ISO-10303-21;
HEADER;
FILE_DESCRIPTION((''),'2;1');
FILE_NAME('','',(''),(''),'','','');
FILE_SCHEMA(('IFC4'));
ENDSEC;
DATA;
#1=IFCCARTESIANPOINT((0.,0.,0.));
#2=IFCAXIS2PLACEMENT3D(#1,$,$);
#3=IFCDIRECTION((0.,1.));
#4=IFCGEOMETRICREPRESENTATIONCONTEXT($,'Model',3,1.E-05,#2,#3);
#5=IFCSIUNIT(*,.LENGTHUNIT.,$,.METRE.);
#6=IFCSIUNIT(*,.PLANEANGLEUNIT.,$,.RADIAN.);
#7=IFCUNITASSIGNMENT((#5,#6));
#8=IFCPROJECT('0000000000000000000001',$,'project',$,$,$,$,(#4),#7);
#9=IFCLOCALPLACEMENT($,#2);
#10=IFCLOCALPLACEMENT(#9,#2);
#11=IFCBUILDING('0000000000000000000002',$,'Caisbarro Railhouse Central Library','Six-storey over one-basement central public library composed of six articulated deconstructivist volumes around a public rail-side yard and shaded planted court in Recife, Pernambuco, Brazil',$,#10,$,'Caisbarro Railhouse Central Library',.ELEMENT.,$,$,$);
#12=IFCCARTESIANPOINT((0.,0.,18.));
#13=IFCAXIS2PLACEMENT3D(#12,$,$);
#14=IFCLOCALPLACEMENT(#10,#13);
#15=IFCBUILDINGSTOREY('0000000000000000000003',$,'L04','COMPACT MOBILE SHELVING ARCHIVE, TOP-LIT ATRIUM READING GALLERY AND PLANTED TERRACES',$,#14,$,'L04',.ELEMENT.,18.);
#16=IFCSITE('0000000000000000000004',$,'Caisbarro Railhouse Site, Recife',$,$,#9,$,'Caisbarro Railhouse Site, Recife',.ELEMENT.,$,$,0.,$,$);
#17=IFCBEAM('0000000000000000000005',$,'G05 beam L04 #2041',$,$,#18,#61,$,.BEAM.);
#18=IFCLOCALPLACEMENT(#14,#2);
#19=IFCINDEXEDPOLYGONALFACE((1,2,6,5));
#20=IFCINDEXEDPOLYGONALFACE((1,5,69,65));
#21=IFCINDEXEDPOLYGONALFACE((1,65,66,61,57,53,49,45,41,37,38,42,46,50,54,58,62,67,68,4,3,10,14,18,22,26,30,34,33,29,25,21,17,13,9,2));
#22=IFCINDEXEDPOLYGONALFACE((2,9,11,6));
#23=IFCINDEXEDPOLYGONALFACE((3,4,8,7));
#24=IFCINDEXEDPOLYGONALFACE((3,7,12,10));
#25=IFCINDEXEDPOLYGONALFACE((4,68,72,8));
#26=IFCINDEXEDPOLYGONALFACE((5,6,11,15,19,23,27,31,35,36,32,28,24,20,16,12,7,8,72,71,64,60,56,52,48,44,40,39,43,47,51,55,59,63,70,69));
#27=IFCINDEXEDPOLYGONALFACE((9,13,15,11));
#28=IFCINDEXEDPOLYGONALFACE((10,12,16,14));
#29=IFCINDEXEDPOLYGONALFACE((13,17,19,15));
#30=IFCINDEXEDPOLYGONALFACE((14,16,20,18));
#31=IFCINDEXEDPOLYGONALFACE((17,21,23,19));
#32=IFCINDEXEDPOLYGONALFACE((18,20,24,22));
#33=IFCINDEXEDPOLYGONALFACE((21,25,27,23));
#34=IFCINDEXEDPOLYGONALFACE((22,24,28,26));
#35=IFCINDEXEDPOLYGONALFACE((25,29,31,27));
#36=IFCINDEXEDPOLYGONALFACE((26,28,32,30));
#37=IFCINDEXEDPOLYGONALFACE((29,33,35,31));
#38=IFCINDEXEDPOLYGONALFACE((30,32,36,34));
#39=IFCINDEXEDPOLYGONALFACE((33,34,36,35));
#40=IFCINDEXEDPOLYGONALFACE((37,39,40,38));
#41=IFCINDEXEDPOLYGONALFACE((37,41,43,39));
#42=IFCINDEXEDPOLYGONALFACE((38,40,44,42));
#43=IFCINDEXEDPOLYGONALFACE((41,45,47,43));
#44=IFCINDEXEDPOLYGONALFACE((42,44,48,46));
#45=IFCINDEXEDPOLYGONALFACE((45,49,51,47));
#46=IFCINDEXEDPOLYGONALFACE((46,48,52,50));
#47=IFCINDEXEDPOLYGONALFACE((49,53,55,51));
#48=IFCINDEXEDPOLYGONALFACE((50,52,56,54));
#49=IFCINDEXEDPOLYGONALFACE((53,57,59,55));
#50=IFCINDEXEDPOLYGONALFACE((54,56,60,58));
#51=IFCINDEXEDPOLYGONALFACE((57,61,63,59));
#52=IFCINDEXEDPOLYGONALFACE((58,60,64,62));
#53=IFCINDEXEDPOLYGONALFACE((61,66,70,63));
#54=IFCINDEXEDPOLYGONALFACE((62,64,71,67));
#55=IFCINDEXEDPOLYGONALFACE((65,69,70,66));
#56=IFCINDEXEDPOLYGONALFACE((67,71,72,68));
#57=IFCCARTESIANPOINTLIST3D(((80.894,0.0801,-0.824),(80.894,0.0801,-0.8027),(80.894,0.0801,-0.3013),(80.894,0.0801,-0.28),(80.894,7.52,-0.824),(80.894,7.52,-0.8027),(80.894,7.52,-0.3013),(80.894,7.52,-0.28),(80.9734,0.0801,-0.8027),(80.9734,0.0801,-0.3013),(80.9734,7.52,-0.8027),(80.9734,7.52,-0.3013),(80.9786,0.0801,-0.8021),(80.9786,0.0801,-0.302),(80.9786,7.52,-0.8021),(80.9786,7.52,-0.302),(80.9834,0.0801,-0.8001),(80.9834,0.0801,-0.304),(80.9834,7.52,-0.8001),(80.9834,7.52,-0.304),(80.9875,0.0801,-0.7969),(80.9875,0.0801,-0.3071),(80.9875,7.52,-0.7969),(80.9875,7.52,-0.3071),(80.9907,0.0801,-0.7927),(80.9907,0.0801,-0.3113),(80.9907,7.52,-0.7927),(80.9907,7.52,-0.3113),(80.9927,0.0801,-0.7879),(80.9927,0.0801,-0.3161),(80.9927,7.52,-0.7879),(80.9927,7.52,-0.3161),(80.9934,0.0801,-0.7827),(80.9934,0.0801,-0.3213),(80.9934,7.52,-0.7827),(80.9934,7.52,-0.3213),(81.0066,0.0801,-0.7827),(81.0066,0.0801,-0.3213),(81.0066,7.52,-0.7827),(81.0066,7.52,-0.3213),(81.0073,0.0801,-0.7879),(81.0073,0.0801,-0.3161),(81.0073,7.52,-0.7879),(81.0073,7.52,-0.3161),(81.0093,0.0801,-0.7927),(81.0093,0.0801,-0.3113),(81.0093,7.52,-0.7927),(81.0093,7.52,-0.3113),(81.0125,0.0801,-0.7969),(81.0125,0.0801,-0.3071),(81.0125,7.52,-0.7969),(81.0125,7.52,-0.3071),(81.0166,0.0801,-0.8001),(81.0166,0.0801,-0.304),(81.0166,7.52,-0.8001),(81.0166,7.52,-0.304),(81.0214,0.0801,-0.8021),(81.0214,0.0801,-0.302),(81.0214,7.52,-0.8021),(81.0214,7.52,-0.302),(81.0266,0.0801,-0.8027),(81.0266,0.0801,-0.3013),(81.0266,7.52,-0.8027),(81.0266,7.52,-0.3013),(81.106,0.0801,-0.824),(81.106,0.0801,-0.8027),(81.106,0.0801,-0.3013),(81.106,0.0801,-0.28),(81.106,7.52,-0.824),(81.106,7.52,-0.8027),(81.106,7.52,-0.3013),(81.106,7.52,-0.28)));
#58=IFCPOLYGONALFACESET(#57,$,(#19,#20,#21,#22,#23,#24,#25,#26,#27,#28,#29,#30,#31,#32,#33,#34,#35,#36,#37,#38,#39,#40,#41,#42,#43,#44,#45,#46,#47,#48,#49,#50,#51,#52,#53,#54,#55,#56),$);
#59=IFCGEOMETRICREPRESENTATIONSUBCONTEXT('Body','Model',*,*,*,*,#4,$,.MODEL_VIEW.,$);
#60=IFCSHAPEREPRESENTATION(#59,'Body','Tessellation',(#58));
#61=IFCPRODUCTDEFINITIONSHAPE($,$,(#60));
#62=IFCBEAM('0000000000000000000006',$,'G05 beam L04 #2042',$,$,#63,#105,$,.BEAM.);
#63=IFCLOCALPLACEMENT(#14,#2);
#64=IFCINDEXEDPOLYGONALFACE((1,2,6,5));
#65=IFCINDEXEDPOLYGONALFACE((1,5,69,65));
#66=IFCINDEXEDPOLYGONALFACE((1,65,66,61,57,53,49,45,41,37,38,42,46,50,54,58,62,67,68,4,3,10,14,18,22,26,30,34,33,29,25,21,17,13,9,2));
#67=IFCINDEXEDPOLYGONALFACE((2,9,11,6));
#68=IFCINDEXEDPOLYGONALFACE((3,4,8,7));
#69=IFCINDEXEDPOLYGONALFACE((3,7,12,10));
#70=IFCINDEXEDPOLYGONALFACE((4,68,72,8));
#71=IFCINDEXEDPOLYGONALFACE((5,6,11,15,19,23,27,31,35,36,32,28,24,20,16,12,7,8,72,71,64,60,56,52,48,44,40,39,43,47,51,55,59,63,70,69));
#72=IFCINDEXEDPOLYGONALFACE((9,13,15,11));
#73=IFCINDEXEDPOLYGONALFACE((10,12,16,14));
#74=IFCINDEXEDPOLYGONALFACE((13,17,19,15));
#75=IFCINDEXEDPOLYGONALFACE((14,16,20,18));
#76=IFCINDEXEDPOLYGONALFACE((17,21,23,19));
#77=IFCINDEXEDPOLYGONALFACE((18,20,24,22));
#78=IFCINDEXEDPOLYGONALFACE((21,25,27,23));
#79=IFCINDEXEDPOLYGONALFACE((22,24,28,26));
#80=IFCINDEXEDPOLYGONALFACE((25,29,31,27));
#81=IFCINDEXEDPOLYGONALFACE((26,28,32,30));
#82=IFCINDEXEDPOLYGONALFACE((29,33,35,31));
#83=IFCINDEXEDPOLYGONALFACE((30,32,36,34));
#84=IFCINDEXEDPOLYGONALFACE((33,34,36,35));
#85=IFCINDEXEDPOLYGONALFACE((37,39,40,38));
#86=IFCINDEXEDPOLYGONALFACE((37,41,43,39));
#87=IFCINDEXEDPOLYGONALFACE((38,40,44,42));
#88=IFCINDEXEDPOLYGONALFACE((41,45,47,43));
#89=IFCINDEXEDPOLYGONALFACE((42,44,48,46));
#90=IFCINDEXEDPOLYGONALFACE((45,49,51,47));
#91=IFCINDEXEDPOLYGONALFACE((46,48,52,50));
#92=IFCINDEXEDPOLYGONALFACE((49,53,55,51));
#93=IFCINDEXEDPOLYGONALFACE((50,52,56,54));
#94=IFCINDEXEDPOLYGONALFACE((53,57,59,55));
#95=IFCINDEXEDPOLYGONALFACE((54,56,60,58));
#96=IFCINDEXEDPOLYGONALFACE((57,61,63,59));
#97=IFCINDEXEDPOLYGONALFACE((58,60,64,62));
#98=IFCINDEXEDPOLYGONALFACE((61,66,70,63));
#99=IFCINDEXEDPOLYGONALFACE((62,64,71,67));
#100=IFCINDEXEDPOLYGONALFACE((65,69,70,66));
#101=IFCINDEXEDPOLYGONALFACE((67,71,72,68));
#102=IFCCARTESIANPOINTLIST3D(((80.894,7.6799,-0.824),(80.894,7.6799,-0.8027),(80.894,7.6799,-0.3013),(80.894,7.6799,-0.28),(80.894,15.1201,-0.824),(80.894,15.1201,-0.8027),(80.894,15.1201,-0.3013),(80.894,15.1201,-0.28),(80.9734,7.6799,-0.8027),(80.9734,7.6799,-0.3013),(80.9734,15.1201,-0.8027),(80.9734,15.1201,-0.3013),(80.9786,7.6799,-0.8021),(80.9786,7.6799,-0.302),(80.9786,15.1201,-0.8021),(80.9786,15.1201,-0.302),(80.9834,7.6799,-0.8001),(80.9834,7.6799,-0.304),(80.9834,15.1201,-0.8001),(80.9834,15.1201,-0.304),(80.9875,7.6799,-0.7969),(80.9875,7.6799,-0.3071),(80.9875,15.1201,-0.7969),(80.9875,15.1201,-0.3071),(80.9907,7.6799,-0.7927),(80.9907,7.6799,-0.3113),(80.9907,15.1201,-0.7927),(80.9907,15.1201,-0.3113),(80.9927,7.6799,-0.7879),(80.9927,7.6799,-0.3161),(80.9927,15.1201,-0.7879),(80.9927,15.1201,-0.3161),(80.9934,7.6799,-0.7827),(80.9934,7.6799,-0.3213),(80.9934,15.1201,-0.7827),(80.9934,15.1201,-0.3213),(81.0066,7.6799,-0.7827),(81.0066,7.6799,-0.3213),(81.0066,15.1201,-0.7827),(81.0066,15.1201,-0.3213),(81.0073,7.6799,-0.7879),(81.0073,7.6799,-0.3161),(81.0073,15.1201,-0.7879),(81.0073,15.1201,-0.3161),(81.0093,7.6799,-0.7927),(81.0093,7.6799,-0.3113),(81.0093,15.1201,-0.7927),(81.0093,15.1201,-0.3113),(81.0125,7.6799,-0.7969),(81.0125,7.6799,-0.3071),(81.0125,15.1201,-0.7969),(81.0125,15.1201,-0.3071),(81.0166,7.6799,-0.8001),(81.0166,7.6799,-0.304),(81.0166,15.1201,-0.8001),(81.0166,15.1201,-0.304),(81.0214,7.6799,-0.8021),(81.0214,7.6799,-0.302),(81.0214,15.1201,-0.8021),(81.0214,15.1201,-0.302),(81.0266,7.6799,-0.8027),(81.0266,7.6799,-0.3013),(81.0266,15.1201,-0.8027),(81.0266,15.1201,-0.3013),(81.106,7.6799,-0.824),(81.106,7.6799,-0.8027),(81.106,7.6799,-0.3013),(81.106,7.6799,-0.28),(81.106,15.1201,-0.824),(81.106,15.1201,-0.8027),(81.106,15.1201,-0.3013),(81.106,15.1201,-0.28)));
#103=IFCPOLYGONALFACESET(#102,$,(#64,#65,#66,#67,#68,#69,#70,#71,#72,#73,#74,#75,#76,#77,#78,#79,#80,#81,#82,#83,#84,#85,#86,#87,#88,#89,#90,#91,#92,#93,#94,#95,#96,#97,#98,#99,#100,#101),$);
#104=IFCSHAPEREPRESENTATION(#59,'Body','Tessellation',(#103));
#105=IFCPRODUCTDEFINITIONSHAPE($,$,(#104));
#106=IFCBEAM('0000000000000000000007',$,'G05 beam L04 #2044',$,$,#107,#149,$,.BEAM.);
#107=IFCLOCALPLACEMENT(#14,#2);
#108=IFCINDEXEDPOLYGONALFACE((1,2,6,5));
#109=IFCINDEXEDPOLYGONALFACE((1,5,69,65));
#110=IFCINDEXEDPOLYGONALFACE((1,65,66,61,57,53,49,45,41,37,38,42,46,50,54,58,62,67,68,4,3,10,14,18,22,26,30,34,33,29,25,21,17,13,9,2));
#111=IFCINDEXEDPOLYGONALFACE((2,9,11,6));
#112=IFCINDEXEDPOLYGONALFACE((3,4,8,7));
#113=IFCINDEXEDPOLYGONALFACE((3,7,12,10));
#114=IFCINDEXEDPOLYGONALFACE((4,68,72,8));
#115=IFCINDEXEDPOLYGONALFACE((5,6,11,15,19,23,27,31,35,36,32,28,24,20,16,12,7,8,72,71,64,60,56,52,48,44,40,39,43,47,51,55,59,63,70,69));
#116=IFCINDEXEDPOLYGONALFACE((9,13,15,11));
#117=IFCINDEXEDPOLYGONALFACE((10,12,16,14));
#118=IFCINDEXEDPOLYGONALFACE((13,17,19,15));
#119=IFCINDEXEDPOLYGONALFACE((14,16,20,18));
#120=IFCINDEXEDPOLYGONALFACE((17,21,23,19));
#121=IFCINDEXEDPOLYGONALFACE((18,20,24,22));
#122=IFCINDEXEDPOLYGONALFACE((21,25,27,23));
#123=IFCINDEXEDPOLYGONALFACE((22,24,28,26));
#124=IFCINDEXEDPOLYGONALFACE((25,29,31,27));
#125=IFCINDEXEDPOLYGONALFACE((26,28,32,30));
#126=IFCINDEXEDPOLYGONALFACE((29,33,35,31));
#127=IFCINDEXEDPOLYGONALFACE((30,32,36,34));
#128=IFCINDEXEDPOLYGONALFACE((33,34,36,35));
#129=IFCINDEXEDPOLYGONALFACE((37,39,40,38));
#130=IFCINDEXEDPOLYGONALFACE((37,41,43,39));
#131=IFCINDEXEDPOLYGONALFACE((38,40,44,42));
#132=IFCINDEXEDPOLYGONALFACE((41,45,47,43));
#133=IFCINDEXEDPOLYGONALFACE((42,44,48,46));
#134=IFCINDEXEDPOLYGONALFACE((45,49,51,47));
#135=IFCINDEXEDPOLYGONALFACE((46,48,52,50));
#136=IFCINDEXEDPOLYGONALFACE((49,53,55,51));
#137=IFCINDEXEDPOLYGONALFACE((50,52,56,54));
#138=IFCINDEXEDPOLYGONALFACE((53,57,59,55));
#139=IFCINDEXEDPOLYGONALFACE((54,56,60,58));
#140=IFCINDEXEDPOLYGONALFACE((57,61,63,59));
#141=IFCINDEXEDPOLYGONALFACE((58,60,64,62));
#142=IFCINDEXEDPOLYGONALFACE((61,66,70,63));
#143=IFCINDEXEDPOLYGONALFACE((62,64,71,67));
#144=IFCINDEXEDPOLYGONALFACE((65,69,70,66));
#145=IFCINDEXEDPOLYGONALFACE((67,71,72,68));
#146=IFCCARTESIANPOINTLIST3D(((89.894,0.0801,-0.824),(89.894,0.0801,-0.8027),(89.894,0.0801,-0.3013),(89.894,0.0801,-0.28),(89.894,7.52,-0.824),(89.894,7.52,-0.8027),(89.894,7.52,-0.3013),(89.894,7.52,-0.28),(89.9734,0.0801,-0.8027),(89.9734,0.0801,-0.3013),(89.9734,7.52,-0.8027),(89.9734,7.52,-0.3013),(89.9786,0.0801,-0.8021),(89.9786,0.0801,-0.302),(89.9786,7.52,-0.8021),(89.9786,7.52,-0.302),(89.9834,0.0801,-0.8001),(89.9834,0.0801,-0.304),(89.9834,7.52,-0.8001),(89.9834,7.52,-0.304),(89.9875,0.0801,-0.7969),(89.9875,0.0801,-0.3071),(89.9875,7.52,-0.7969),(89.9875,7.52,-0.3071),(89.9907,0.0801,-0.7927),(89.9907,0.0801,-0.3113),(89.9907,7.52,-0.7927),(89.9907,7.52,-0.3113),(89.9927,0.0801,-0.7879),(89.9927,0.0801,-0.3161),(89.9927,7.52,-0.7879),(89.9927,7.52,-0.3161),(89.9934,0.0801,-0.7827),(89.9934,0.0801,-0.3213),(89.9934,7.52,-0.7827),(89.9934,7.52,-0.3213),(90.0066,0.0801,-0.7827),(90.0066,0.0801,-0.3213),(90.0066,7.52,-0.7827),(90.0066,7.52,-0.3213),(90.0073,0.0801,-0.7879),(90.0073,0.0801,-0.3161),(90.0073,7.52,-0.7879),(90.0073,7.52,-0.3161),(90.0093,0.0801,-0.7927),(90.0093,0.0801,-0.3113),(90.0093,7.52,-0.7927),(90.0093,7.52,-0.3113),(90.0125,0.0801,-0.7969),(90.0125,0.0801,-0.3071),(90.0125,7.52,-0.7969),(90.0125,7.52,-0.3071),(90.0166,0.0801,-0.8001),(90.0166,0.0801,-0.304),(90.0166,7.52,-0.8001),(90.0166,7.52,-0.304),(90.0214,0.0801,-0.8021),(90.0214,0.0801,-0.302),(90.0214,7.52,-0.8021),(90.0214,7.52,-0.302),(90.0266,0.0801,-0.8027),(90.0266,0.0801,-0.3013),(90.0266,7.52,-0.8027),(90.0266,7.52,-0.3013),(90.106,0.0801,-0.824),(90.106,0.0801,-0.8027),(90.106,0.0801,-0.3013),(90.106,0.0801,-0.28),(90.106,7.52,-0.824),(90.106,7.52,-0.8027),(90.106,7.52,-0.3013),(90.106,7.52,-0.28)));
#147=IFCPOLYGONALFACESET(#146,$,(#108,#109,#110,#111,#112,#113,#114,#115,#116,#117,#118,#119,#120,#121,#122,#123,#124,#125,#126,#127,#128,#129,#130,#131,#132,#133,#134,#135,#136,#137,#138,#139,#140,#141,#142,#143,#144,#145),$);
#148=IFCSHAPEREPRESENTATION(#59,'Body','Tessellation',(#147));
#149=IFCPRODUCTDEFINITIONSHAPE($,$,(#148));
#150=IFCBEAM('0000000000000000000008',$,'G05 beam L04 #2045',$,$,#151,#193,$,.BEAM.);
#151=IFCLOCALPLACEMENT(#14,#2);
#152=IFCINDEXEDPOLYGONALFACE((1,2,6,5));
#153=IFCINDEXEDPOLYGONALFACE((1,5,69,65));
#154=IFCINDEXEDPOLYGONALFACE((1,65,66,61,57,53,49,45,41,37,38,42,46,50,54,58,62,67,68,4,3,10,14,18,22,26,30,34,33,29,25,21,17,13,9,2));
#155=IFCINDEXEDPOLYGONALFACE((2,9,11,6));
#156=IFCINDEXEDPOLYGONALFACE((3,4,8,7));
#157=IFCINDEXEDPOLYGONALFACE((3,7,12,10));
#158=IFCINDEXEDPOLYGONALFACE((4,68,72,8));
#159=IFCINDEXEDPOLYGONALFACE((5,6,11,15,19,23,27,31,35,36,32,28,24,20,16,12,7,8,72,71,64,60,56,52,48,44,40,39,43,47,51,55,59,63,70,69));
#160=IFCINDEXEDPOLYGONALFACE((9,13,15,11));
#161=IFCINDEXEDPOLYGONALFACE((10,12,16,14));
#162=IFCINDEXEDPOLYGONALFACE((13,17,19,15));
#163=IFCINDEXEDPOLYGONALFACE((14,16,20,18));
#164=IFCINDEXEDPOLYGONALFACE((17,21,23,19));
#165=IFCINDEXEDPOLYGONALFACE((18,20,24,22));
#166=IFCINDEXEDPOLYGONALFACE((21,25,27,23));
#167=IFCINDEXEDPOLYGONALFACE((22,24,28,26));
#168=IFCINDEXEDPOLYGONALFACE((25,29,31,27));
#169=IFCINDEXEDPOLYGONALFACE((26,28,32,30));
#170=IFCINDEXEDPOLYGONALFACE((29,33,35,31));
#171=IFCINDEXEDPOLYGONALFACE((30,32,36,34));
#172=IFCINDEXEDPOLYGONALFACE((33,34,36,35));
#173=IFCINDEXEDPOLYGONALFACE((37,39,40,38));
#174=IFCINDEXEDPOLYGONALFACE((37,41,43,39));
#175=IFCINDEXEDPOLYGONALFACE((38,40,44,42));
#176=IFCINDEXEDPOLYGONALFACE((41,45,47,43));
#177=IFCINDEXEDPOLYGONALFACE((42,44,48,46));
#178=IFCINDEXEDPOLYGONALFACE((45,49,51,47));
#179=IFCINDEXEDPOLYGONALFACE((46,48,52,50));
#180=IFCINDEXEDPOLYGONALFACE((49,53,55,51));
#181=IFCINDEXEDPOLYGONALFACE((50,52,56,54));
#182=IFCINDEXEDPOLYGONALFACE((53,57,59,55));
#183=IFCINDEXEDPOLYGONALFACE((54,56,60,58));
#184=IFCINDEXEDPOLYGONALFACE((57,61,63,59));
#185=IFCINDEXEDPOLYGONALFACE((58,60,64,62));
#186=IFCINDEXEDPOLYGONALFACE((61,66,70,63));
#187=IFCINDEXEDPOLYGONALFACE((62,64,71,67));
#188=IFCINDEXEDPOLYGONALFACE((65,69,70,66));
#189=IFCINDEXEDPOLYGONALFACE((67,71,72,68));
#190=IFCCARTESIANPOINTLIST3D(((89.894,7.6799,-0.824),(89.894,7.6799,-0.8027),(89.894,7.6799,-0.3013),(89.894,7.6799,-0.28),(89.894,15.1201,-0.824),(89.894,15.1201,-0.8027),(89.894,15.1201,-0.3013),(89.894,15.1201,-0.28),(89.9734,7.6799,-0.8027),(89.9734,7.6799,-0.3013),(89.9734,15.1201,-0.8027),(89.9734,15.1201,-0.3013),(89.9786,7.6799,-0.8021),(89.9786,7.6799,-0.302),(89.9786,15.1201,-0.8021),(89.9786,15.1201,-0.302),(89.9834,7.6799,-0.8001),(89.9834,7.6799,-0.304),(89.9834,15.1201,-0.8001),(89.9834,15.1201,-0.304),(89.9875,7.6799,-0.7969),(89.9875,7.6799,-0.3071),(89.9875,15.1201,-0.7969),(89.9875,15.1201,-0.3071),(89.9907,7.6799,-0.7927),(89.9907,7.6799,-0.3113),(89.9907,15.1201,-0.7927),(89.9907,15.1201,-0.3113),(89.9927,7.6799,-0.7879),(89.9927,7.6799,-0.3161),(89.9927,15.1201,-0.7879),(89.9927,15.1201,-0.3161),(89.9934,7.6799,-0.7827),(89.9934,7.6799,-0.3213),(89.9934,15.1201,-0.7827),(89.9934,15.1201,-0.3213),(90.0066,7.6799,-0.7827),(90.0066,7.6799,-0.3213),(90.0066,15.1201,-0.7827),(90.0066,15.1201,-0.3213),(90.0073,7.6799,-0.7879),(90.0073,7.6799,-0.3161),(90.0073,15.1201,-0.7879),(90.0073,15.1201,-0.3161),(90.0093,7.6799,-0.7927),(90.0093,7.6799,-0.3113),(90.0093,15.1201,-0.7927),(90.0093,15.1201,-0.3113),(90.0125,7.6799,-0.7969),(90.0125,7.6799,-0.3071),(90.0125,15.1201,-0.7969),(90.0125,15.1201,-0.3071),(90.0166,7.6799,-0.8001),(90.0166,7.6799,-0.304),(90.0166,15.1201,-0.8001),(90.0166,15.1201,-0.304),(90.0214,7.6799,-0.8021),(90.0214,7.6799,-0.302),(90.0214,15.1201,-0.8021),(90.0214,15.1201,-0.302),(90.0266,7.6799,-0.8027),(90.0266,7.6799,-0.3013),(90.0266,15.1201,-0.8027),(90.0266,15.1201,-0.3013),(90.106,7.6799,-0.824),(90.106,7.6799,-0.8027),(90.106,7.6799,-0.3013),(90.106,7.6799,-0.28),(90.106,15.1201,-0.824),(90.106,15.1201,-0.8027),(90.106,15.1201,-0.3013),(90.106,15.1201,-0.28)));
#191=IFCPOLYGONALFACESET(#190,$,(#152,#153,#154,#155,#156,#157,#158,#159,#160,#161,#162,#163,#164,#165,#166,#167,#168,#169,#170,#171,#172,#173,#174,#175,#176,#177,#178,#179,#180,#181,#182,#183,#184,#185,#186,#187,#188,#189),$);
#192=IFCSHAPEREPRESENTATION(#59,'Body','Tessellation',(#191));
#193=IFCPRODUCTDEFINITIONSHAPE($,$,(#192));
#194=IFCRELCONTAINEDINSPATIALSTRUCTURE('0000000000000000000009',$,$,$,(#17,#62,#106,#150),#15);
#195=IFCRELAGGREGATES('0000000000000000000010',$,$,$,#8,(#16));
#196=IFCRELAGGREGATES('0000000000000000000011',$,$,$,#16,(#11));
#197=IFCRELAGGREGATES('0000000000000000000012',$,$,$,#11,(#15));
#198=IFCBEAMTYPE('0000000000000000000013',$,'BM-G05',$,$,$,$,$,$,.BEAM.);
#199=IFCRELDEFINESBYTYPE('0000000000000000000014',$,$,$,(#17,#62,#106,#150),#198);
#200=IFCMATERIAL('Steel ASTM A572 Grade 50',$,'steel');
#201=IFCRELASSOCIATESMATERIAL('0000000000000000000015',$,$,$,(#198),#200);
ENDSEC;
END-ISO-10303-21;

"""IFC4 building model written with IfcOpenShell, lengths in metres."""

from ifc_helpers import new_model, si_unit, direction, frame, origin, origin_2d, place, context, subcontext, project, spatial, i_section, extrude, material, material_profile, profile_set, type_object, element, save


model = new_model("IFC4")

# Units and contexts
model_context = context("Model", 3, precision=1e-05, world=origin(), true_north=direction((0.0, 1.0)))
body_context = subcontext(model_context, "Body", "Model", "MODEL_VIEW")
ifc_project = project(units=[si_unit("LENGTHUNIT", "METRE"), si_unit("PLANEANGLEUNIT", "RADIAN")], contexts=[model_context])

# Site, building, storey
site_placement = place(None, origin())
site = spatial("IfcSite", under=ifc_project, at=site_placement, Name="Caisbarro Railhouse Site, Recife", LongName="Caisbarro Railhouse Site, Recife", CompositionType="ELEMENT", RefElevation=0.0)
building_placement = place(site_placement, origin())
building = spatial("IfcBuilding", under=site, at=building_placement, Name="Caisbarro Railhouse Central Library", Description="Six-storey over one-basement central public library composed of six articulated deconstructivist volumes around a public rail-side yard and shaded planted court in Recife, Pernambuco, Brazil", LongName="Caisbarro Railhouse Central Library", CompositionType="ELEMENT")
storey_placement = place(building_placement, frame((0.0, 0.0, 18.0)))
storey = spatial("IfcBuildingStorey", under=building, at=storey_placement, Name="L04", Description="COMPACT MOBILE SHELVING ARCHIVE, TOP-LIT ATRIUM READING GALLERY AND PLANTED TERRACES", LongName="L04", CompositionType="ELEMENT", Elevation=18.0)

# Shared definitions
ifc_material_1 = material(Name="Steel ASTM A572 Grade 50", Category="steel")

# Beams
ifc_material_profile_1 = material_profile(ifc_material_1, i_section(OverallWidth=0.2119, OverallDepth=0.5439, WebThickness=0.0132, FlangeThickness=0.0212, FilletRadius=0.02, at=origin_2d()), Name="W530X123.0")
ifc_profile_set_1 = profile_set([ifc_material_profile_1], Name="Steel ASTM A572 Grade 50")
beam_type_1 = type_object("IfcBeamType", Name="BM-G05", PredefinedType="BEAM", material=ifc_profile_set_1)
beam_1_placement = place(storey_placement, frame((81.0, 0.0801, -0.552), z_axis=(0.0, 1.0, 0.0), x_axis=(-1.0, 0.0, 0.0)))
element("IfcBeam", 1, at=beam_1_placement, inside=storey, type_object=beam_type_1, Name="G05 beam L04 #2041", PredefinedType="BEAM", context=body_context, shape_type="SweptSolid", body=[
    extrude(i_section(OverallWidth=0.2119, OverallDepth=0.5439, WebThickness=0.0132, FlangeThickness=0.0212, FilletRadius=0.02, at=origin_2d()), origin(), (0.0, 0.0, 1.0), 7.4399),
])
beam_2_placement = place(storey_placement, frame((81.0, 7.6799, -0.552), z_axis=(0.0, 1.0, 0.0), x_axis=(-1.0, 0.0, 0.0)))
element("IfcBeam", 2, at=beam_2_placement, inside=storey, type_object=beam_type_1, Name="G05 beam L04 #2042", PredefinedType="BEAM", context=body_context, shape_type="SweptSolid", body=[
    extrude(i_section(OverallWidth=0.2119, OverallDepth=0.5439, WebThickness=0.0132, FlangeThickness=0.0212, FilletRadius=0.02, at=origin_2d()), origin(), (0.0, 0.0, 1.0), 7.4402),
])
beam_3_placement = place(storey_placement, frame((90.0, 0.0801, -0.552), z_axis=(0.0, 1.0, 0.0), x_axis=(-1.0, 0.0, 0.0)))
element("IfcBeam", 3, at=beam_3_placement, inside=storey, type_object=beam_type_1, Name="G05 beam L04 #2044", PredefinedType="BEAM", context=body_context, shape_type="SweptSolid", body=[
    extrude(i_section(OverallWidth=0.2119, OverallDepth=0.5439, WebThickness=0.0132, FlangeThickness=0.0212, FilletRadius=0.02, at=origin_2d()), origin(), (0.0, 0.0, 1.0), 7.4399),
])
beam_4_placement = place(storey_placement, frame((90.0, 7.6799, -0.552), z_axis=(0.0, 1.0, 0.0), x_axis=(-1.0, 0.0, 0.0)))
element("IfcBeam", 4, at=beam_4_placement, inside=storey, type_object=beam_type_1, Name="G05 beam L04 #2045", PredefinedType="BEAM", context=body_context, shape_type="SweptSolid", body=[
    extrude(i_section(OverallWidth=0.2119, OverallDepth=0.5439, WebThickness=0.0132, FlangeThickness=0.0212, FilletRadius=0.02, at=origin_2d()), origin(), (0.0, 0.0, 1.0), 7.4402),
])

save(model, "model.ifc")
